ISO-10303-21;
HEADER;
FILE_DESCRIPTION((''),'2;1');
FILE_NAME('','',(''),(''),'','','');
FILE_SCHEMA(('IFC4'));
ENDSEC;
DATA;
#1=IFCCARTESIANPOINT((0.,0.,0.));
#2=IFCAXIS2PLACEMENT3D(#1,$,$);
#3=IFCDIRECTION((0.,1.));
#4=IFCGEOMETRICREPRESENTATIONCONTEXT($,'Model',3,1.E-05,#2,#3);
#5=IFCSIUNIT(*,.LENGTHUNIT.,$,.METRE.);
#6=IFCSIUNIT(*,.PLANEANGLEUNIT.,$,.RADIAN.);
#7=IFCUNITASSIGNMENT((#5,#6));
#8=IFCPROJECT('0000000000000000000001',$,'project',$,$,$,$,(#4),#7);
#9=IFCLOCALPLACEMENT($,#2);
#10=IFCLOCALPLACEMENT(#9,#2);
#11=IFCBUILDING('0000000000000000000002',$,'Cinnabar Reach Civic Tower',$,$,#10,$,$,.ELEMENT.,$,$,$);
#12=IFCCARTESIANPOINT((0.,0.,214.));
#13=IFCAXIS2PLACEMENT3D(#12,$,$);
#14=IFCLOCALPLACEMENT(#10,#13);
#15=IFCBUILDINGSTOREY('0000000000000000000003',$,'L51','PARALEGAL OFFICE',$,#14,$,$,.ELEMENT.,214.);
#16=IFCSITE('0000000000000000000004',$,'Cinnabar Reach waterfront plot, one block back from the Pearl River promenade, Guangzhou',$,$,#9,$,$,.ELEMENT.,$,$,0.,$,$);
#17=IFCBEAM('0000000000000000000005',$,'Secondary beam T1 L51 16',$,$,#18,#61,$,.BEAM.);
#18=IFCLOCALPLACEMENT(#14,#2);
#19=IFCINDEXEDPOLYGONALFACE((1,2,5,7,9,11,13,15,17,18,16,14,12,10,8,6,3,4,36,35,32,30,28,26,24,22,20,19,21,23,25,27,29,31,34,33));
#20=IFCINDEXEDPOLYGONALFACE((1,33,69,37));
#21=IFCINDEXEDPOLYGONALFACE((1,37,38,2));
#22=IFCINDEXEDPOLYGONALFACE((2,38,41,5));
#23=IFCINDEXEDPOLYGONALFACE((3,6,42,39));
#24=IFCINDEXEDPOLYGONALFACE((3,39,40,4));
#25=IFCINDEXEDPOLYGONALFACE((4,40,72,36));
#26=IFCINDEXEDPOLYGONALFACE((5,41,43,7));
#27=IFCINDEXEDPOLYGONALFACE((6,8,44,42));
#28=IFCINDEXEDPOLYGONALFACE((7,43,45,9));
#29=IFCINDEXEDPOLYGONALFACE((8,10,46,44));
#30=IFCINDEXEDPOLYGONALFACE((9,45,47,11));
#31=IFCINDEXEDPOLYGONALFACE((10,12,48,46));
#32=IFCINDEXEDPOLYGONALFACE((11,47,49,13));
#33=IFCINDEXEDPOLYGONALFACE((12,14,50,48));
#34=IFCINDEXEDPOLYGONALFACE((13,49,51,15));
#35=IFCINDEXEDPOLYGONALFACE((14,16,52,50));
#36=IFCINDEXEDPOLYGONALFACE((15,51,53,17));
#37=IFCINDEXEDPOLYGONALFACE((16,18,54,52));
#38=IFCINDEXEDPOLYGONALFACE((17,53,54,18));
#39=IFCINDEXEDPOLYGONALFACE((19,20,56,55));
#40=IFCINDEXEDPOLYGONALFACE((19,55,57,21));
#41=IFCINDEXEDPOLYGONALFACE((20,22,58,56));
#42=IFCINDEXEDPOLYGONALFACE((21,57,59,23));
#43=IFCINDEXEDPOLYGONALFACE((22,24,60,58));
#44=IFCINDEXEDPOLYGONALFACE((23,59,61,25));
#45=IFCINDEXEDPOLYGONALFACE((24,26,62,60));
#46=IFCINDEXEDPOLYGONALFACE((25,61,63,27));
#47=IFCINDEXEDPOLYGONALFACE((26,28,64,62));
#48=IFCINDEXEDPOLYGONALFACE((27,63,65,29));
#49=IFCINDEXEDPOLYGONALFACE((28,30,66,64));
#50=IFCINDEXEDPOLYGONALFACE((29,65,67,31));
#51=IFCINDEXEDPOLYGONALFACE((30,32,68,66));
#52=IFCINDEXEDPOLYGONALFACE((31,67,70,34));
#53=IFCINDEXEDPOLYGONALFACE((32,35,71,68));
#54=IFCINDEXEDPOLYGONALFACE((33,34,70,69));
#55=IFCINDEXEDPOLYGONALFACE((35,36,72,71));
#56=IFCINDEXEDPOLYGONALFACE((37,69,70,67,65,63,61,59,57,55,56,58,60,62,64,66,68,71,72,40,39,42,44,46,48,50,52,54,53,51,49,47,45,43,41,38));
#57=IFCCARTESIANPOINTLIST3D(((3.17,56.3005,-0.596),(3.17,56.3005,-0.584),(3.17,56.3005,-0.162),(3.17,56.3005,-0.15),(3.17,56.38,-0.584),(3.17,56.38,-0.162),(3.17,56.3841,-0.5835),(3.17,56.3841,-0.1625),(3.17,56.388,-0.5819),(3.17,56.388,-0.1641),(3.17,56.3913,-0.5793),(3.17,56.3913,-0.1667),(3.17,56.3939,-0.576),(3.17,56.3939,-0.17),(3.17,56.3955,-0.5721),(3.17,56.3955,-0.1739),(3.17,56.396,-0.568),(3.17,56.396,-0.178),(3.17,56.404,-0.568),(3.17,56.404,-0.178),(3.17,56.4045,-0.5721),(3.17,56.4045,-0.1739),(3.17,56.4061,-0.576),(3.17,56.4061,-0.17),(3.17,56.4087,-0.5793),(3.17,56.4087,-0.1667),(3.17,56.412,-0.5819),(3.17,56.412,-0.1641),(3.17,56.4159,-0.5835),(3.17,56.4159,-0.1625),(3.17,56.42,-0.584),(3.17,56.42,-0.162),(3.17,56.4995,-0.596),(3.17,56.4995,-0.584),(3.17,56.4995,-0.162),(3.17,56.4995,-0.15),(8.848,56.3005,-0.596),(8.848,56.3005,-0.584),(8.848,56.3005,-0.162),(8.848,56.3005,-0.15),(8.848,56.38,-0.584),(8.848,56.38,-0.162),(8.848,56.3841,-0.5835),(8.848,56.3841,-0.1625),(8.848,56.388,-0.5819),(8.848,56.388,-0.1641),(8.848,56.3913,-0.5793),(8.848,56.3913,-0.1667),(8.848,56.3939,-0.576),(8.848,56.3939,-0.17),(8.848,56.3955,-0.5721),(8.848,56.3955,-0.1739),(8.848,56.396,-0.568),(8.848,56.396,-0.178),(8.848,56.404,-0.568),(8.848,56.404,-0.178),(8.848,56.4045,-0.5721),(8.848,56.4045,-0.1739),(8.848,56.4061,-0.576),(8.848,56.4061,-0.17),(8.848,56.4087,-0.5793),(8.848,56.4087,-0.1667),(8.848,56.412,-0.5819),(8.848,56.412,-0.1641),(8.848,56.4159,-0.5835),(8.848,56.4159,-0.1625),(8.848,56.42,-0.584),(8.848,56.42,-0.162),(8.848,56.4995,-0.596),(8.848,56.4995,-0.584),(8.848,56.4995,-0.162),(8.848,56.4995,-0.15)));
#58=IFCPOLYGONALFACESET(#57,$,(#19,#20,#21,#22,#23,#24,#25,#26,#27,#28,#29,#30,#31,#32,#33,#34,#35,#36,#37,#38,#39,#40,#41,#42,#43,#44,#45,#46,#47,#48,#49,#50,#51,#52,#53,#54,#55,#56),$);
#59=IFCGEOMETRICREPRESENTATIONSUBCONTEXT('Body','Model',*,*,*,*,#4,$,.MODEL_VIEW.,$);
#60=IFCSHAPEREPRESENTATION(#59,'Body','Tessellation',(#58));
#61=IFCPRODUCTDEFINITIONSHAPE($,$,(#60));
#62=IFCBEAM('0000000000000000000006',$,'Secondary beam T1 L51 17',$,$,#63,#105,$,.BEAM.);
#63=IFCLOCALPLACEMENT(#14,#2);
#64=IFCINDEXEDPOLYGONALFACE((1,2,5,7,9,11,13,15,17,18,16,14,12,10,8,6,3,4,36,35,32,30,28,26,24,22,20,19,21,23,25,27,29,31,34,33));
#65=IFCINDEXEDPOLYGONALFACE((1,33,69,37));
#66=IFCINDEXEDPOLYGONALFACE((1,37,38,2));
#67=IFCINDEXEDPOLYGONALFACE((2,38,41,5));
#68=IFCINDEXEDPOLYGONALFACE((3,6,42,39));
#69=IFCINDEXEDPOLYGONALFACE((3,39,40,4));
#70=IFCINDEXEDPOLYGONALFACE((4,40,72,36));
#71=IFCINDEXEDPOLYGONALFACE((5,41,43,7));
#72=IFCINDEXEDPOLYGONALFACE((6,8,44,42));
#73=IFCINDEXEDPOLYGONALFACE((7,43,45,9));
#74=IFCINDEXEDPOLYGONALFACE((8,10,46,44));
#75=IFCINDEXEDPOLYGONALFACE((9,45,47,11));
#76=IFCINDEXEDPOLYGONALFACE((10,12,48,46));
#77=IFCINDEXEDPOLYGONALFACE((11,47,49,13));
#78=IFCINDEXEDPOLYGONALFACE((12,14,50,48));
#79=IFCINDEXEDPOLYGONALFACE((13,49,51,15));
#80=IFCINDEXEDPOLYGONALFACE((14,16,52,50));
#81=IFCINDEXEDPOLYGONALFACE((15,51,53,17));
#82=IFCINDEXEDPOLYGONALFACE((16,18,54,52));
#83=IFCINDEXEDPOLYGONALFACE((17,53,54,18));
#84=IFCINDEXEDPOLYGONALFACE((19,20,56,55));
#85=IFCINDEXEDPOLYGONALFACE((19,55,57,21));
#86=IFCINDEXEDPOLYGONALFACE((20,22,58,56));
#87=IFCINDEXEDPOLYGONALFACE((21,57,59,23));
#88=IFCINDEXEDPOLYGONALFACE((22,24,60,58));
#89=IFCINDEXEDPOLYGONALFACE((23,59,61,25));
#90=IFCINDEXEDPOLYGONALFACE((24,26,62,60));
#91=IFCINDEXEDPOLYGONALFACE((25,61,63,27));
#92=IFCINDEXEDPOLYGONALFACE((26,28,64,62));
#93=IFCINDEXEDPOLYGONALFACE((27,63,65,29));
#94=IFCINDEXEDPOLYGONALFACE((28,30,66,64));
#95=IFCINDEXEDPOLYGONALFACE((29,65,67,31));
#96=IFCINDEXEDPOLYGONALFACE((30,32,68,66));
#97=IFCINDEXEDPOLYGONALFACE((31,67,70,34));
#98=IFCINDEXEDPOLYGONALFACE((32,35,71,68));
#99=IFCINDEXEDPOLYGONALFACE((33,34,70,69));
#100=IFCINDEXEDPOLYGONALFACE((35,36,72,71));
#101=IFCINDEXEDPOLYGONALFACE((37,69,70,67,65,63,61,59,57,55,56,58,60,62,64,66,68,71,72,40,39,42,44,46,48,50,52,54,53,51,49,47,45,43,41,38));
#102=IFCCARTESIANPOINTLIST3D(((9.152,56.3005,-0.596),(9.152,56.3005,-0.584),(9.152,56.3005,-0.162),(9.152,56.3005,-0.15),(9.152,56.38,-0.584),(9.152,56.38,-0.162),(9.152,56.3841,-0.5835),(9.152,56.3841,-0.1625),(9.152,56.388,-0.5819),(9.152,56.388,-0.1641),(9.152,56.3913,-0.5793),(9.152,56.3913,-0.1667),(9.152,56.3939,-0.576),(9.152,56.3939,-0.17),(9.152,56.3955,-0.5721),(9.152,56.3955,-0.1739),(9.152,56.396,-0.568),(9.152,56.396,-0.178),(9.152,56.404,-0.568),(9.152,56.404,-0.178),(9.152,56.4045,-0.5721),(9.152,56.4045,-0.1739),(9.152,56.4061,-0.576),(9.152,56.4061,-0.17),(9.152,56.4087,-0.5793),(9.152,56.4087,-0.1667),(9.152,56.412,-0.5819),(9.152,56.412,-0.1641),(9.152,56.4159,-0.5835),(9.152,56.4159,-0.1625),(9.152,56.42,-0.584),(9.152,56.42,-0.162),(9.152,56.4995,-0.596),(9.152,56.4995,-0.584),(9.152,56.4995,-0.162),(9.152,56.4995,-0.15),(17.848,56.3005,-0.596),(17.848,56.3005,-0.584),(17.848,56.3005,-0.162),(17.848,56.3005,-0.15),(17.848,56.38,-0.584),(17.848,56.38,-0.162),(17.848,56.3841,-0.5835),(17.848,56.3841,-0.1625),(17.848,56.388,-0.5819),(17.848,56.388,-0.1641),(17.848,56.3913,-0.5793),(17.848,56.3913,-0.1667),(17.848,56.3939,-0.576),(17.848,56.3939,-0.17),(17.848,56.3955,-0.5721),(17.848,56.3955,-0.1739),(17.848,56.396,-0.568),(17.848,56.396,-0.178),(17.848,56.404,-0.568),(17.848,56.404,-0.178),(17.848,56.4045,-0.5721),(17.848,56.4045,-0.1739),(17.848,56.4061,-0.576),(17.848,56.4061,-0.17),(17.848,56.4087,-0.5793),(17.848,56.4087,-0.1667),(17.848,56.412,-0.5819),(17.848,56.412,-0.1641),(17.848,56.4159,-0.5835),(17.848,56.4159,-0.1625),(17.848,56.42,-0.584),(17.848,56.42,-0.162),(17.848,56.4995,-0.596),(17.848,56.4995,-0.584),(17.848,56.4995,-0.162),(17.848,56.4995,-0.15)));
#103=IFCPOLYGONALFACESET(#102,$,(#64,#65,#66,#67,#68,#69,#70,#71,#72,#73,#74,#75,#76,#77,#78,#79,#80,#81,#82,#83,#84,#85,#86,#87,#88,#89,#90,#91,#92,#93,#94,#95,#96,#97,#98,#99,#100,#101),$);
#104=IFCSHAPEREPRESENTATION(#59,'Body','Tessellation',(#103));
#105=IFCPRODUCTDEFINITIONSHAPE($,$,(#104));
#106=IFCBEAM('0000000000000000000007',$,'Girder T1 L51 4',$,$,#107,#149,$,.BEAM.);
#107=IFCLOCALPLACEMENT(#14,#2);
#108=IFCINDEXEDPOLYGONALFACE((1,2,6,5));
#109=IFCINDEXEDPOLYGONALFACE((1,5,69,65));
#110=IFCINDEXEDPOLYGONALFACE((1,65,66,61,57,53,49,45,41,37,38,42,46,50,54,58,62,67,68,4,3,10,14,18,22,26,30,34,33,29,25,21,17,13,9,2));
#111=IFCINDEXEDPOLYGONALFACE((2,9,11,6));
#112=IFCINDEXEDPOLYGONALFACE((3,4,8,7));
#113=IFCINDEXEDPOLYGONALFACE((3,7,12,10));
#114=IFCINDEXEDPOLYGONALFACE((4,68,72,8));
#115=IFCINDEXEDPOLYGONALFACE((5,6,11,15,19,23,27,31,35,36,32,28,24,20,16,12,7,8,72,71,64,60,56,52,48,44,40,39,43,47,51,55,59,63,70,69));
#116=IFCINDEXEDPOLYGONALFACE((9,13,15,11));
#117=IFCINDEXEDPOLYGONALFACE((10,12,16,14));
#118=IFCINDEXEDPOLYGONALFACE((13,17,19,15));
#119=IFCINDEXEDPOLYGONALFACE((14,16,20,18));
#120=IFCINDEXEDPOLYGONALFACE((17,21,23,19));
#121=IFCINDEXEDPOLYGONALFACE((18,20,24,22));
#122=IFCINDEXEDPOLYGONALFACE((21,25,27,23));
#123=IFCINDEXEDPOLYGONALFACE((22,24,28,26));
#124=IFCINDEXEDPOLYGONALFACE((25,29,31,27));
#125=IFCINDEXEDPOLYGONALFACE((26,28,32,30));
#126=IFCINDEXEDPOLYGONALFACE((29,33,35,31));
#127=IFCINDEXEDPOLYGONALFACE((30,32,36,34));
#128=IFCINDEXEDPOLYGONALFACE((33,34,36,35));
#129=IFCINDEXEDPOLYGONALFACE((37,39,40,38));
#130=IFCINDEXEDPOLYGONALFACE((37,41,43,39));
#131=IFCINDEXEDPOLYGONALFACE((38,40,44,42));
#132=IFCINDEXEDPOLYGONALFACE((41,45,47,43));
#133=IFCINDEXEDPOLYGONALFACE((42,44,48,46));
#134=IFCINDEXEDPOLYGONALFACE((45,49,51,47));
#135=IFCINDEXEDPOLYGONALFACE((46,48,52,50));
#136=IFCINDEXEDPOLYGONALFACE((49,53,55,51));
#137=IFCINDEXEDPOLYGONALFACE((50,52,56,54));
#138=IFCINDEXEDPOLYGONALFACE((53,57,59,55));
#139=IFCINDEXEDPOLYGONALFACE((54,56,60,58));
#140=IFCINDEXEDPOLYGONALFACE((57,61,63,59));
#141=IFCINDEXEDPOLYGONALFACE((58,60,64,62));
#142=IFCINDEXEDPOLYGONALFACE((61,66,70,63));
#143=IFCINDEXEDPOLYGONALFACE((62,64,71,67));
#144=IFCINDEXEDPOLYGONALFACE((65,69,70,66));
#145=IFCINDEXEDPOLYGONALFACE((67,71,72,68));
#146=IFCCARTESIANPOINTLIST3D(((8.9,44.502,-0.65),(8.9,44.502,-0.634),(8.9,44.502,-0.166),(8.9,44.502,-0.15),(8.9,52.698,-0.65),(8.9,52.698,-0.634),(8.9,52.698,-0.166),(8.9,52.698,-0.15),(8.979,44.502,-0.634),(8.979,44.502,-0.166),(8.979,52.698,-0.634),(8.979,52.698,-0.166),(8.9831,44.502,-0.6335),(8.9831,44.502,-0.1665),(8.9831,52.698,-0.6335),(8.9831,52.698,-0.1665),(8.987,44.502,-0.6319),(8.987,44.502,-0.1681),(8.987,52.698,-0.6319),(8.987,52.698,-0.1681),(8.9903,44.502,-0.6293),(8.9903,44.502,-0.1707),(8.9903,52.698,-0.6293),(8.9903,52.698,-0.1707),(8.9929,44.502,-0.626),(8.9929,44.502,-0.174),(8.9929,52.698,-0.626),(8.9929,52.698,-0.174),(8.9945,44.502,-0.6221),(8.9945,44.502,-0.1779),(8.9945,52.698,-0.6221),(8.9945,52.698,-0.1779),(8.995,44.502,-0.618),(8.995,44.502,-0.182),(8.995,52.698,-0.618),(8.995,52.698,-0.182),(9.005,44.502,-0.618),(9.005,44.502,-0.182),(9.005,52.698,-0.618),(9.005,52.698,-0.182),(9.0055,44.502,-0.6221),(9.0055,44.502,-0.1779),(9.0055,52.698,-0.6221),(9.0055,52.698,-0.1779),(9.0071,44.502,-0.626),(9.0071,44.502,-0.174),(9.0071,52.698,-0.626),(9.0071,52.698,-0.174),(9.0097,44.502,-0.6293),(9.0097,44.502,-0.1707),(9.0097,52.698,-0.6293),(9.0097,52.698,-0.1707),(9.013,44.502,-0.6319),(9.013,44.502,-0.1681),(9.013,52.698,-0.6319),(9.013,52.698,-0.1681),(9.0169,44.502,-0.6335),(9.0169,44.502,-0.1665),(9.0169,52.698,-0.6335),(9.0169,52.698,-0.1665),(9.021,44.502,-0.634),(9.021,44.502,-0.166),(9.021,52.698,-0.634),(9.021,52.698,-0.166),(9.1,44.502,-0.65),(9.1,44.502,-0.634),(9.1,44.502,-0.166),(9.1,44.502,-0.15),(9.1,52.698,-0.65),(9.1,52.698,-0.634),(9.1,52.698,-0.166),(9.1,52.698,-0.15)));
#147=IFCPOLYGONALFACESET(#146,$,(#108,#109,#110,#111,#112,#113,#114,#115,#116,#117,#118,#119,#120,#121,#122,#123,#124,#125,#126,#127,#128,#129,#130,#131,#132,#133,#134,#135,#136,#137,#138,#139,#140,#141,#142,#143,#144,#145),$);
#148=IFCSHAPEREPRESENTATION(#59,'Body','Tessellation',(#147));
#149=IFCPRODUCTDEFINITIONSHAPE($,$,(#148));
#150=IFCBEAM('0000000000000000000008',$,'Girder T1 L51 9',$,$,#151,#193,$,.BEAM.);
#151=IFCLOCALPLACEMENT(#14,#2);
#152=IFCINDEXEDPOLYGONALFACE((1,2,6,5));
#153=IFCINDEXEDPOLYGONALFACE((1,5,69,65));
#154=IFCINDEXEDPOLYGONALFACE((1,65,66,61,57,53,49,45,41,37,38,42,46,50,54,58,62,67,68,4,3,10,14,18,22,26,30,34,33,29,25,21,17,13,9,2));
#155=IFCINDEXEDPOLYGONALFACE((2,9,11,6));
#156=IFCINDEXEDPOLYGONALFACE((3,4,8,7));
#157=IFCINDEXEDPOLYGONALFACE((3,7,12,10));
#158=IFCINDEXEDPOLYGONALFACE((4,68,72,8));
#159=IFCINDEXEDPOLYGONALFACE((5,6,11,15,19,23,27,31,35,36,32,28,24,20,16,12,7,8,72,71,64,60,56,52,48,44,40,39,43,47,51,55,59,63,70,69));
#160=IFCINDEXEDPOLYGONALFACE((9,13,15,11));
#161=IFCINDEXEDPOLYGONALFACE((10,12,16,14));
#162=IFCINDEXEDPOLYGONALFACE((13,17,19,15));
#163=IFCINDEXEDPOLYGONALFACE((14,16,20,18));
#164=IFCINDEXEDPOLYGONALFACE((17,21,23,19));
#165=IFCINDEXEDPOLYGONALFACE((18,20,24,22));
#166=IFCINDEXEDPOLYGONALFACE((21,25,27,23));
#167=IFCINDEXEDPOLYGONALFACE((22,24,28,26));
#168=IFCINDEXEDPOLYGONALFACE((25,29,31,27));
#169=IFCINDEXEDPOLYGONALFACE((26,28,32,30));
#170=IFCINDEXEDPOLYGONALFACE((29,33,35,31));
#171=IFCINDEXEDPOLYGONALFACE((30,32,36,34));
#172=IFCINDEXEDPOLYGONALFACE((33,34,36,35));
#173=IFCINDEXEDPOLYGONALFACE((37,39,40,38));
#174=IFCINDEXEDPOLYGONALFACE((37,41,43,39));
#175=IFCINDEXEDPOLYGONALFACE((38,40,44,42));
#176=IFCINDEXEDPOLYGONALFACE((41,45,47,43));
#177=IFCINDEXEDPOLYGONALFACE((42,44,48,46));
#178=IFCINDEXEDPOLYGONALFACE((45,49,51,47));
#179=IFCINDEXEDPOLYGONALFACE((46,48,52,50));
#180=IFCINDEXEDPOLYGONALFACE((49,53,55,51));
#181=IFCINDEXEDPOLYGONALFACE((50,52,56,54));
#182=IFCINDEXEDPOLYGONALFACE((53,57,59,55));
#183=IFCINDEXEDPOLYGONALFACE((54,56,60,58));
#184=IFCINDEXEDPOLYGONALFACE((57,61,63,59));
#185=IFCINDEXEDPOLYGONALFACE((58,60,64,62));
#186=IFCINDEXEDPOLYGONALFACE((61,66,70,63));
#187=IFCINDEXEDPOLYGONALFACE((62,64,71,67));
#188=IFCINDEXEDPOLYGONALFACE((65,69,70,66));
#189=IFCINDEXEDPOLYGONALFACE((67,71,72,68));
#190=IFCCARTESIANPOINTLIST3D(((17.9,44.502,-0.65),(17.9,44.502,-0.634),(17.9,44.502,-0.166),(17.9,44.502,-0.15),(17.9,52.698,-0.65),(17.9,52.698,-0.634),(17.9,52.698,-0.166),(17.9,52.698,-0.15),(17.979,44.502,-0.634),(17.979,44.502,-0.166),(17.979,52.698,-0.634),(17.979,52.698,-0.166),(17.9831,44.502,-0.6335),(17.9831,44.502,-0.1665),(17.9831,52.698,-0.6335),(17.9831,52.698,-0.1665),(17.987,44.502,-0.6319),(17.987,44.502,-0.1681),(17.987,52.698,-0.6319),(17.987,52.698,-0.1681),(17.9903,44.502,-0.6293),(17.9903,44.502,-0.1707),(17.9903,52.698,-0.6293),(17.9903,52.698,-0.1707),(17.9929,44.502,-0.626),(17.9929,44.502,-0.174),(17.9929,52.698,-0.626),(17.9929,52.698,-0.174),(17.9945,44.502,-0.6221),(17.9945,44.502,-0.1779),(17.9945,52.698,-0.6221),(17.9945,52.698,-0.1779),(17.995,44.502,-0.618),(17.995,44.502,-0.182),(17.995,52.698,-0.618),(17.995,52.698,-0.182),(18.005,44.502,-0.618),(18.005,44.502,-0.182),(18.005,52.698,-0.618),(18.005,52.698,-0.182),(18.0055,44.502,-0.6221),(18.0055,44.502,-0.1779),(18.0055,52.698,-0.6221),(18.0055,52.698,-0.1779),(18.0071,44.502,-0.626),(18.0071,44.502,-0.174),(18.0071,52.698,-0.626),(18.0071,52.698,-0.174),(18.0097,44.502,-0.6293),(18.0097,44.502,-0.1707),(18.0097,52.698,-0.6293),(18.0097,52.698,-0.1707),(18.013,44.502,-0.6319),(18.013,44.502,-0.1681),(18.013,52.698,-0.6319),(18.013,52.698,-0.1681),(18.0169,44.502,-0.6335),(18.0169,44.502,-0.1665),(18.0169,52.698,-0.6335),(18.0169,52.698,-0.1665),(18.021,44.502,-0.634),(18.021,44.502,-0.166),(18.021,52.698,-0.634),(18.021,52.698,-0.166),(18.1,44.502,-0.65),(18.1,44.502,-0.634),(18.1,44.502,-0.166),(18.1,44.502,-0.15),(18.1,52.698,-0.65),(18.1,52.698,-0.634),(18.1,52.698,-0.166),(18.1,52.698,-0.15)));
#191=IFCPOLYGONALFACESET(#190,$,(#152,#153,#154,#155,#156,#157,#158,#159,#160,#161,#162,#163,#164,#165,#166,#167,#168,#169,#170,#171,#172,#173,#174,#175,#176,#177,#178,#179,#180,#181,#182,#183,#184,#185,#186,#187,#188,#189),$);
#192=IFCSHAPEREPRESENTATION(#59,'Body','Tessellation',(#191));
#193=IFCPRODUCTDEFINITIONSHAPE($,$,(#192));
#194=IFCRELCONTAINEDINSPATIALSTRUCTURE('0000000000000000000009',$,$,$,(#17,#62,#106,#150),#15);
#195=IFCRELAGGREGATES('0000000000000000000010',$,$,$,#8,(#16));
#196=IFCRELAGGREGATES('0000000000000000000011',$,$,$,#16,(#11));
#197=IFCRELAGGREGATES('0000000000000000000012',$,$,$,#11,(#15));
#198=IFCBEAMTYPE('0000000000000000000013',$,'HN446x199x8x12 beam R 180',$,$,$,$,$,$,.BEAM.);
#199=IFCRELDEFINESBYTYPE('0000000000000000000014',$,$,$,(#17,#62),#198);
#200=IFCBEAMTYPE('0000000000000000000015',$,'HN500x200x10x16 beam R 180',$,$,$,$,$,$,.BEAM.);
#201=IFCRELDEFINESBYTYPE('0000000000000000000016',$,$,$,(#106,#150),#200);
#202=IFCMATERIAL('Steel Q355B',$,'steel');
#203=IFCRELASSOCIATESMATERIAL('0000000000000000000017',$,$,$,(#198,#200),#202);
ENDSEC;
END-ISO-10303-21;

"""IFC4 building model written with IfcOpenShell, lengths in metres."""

from ifc_helpers import new_model, si_unit, direction, frame, origin, origin_2d, place, context, subcontext, project, spatial, i_section, extrude, material, material_profile, profile_set, type_object, element, save


model = new_model("IFC4")

# Units and contexts
model_context = context("Model", 3, precision=1e-05, world=origin(), true_north=direction((0.0, 1.0)))
body_context = subcontext(model_context, "Body", "Model", "MODEL_VIEW")
ifc_project = project(units=[si_unit("LENGTHUNIT", "METRE"), si_unit("PLANEANGLEUNIT", "RADIAN")], contexts=[model_context])

# Site, building, storey
site_placement = place(None, origin())
site = spatial("IfcSite", under=ifc_project, at=site_placement, Name="Cinnabar Reach waterfront plot, one block back from the Pearl River promenade, Guangzhou", CompositionType="ELEMENT", RefElevation=0.0)
building_placement = place(site_placement, origin())
building = spatial("IfcBuilding", under=site, at=building_placement, Name="Cinnabar Reach Civic Tower", CompositionType="ELEMENT")
storey_placement = place(building_placement, frame((0.0, 0.0, 214.0)))
storey = spatial("IfcBuildingStorey", under=building, at=storey_placement, Name="L51", Description="PARALEGAL OFFICE", CompositionType="ELEMENT", Elevation=214.0)

# Beams
ifc_material_1 = material(Name="Steel Q355B", Category="steel")
ifc_material_profile_1 = material_profile(ifc_material_1, i_section(OverallWidth=0.199, OverallDepth=0.446, WebThickness=0.008, FlangeThickness=0.012, FilletRadius=0.016, at=origin_2d()), Name="HN446x199x8x12")
ifc_profile_set_1 = profile_set([ifc_material_profile_1], Name="Steel Q355B")
beam_type_1 = type_object("IfcBeamType", Name="HN446x199x8x12 beam R 180", PredefinedType="BEAM", material=ifc_profile_set_1)
beam_1_placement = place(storey_placement, frame((3.17, 56.4, -0.373), z_axis=(1.0, 0.0, 0.0), x_axis=(0.0, 1.0, 0.0)))
element("IfcBeam", 1, at=beam_1_placement, inside=storey, type_object=beam_type_1, Name="Secondary beam T1 L51 16", PredefinedType="BEAM", context=body_context, shape_type="SweptSolid", body=[
    extrude(i_section(OverallWidth=0.199, OverallDepth=0.446, WebThickness=0.008, FlangeThickness=0.012, FilletRadius=0.016, at=origin_2d()), origin(), (0.0, 0.0, 1.0), 5.678),
])
beam_2_placement = place(storey_placement, frame((9.152, 56.4, -0.373), z_axis=(1.0, 0.0, 0.0), x_axis=(0.0, 1.0, 0.0)))
element("IfcBeam", 2, at=beam_2_placement, inside=storey, type_object=beam_type_1, Name="Secondary beam T1 L51 17", PredefinedType="BEAM", context=body_context, shape_type="SweptSolid", body=[
    extrude(i_section(OverallWidth=0.199, OverallDepth=0.446, WebThickness=0.008, FlangeThickness=0.012, FilletRadius=0.016, at=origin_2d()), origin(), (0.0, 0.0, 1.0), 8.696),
])
ifc_material_profile_2 = material_profile(ifc_material_1, i_section(OverallWidth=0.2, OverallDepth=0.5, WebThickness=0.01, FlangeThickness=0.016, FilletRadius=0.016, at=origin_2d()), Name="HN500x200x10x16")
ifc_profile_set_2 = profile_set([ifc_material_profile_2], Name="Steel Q355B")
beam_type_2 = type_object("IfcBeamType", Name="HN500x200x10x16 beam R 180", PredefinedType="BEAM", material=ifc_profile_set_2)
for number, where, z_axis, x_axis, name in (
    (3, (9.0, 44.502, -0.4), (0.0, 1.0, 0.0), (-1.0, 0.0, 0.0), "Girder T1 L51 4"),
    (4, (18.0, 44.502, -0.4), (0.0, 1.0, 0.0), (-1.0, 0.0, 0.0), "Girder T1 L51 9"),
):
    element("IfcBeam", number, at=place(storey_placement, frame(where, z_axis=z_axis, x_axis=x_axis)), inside=storey, type_object=beam_type_2, Name=name, PredefinedType="BEAM", context=body_context, shape_type="SweptSolid", body=[
        extrude(i_section(OverallWidth=0.2, OverallDepth=0.5, WebThickness=0.01, FlangeThickness=0.016, FilletRadius=0.016, at=origin_2d()), origin(), (0.0, 0.0, 1.0), 8.196),
    ])

save(model, "model.ifc")
